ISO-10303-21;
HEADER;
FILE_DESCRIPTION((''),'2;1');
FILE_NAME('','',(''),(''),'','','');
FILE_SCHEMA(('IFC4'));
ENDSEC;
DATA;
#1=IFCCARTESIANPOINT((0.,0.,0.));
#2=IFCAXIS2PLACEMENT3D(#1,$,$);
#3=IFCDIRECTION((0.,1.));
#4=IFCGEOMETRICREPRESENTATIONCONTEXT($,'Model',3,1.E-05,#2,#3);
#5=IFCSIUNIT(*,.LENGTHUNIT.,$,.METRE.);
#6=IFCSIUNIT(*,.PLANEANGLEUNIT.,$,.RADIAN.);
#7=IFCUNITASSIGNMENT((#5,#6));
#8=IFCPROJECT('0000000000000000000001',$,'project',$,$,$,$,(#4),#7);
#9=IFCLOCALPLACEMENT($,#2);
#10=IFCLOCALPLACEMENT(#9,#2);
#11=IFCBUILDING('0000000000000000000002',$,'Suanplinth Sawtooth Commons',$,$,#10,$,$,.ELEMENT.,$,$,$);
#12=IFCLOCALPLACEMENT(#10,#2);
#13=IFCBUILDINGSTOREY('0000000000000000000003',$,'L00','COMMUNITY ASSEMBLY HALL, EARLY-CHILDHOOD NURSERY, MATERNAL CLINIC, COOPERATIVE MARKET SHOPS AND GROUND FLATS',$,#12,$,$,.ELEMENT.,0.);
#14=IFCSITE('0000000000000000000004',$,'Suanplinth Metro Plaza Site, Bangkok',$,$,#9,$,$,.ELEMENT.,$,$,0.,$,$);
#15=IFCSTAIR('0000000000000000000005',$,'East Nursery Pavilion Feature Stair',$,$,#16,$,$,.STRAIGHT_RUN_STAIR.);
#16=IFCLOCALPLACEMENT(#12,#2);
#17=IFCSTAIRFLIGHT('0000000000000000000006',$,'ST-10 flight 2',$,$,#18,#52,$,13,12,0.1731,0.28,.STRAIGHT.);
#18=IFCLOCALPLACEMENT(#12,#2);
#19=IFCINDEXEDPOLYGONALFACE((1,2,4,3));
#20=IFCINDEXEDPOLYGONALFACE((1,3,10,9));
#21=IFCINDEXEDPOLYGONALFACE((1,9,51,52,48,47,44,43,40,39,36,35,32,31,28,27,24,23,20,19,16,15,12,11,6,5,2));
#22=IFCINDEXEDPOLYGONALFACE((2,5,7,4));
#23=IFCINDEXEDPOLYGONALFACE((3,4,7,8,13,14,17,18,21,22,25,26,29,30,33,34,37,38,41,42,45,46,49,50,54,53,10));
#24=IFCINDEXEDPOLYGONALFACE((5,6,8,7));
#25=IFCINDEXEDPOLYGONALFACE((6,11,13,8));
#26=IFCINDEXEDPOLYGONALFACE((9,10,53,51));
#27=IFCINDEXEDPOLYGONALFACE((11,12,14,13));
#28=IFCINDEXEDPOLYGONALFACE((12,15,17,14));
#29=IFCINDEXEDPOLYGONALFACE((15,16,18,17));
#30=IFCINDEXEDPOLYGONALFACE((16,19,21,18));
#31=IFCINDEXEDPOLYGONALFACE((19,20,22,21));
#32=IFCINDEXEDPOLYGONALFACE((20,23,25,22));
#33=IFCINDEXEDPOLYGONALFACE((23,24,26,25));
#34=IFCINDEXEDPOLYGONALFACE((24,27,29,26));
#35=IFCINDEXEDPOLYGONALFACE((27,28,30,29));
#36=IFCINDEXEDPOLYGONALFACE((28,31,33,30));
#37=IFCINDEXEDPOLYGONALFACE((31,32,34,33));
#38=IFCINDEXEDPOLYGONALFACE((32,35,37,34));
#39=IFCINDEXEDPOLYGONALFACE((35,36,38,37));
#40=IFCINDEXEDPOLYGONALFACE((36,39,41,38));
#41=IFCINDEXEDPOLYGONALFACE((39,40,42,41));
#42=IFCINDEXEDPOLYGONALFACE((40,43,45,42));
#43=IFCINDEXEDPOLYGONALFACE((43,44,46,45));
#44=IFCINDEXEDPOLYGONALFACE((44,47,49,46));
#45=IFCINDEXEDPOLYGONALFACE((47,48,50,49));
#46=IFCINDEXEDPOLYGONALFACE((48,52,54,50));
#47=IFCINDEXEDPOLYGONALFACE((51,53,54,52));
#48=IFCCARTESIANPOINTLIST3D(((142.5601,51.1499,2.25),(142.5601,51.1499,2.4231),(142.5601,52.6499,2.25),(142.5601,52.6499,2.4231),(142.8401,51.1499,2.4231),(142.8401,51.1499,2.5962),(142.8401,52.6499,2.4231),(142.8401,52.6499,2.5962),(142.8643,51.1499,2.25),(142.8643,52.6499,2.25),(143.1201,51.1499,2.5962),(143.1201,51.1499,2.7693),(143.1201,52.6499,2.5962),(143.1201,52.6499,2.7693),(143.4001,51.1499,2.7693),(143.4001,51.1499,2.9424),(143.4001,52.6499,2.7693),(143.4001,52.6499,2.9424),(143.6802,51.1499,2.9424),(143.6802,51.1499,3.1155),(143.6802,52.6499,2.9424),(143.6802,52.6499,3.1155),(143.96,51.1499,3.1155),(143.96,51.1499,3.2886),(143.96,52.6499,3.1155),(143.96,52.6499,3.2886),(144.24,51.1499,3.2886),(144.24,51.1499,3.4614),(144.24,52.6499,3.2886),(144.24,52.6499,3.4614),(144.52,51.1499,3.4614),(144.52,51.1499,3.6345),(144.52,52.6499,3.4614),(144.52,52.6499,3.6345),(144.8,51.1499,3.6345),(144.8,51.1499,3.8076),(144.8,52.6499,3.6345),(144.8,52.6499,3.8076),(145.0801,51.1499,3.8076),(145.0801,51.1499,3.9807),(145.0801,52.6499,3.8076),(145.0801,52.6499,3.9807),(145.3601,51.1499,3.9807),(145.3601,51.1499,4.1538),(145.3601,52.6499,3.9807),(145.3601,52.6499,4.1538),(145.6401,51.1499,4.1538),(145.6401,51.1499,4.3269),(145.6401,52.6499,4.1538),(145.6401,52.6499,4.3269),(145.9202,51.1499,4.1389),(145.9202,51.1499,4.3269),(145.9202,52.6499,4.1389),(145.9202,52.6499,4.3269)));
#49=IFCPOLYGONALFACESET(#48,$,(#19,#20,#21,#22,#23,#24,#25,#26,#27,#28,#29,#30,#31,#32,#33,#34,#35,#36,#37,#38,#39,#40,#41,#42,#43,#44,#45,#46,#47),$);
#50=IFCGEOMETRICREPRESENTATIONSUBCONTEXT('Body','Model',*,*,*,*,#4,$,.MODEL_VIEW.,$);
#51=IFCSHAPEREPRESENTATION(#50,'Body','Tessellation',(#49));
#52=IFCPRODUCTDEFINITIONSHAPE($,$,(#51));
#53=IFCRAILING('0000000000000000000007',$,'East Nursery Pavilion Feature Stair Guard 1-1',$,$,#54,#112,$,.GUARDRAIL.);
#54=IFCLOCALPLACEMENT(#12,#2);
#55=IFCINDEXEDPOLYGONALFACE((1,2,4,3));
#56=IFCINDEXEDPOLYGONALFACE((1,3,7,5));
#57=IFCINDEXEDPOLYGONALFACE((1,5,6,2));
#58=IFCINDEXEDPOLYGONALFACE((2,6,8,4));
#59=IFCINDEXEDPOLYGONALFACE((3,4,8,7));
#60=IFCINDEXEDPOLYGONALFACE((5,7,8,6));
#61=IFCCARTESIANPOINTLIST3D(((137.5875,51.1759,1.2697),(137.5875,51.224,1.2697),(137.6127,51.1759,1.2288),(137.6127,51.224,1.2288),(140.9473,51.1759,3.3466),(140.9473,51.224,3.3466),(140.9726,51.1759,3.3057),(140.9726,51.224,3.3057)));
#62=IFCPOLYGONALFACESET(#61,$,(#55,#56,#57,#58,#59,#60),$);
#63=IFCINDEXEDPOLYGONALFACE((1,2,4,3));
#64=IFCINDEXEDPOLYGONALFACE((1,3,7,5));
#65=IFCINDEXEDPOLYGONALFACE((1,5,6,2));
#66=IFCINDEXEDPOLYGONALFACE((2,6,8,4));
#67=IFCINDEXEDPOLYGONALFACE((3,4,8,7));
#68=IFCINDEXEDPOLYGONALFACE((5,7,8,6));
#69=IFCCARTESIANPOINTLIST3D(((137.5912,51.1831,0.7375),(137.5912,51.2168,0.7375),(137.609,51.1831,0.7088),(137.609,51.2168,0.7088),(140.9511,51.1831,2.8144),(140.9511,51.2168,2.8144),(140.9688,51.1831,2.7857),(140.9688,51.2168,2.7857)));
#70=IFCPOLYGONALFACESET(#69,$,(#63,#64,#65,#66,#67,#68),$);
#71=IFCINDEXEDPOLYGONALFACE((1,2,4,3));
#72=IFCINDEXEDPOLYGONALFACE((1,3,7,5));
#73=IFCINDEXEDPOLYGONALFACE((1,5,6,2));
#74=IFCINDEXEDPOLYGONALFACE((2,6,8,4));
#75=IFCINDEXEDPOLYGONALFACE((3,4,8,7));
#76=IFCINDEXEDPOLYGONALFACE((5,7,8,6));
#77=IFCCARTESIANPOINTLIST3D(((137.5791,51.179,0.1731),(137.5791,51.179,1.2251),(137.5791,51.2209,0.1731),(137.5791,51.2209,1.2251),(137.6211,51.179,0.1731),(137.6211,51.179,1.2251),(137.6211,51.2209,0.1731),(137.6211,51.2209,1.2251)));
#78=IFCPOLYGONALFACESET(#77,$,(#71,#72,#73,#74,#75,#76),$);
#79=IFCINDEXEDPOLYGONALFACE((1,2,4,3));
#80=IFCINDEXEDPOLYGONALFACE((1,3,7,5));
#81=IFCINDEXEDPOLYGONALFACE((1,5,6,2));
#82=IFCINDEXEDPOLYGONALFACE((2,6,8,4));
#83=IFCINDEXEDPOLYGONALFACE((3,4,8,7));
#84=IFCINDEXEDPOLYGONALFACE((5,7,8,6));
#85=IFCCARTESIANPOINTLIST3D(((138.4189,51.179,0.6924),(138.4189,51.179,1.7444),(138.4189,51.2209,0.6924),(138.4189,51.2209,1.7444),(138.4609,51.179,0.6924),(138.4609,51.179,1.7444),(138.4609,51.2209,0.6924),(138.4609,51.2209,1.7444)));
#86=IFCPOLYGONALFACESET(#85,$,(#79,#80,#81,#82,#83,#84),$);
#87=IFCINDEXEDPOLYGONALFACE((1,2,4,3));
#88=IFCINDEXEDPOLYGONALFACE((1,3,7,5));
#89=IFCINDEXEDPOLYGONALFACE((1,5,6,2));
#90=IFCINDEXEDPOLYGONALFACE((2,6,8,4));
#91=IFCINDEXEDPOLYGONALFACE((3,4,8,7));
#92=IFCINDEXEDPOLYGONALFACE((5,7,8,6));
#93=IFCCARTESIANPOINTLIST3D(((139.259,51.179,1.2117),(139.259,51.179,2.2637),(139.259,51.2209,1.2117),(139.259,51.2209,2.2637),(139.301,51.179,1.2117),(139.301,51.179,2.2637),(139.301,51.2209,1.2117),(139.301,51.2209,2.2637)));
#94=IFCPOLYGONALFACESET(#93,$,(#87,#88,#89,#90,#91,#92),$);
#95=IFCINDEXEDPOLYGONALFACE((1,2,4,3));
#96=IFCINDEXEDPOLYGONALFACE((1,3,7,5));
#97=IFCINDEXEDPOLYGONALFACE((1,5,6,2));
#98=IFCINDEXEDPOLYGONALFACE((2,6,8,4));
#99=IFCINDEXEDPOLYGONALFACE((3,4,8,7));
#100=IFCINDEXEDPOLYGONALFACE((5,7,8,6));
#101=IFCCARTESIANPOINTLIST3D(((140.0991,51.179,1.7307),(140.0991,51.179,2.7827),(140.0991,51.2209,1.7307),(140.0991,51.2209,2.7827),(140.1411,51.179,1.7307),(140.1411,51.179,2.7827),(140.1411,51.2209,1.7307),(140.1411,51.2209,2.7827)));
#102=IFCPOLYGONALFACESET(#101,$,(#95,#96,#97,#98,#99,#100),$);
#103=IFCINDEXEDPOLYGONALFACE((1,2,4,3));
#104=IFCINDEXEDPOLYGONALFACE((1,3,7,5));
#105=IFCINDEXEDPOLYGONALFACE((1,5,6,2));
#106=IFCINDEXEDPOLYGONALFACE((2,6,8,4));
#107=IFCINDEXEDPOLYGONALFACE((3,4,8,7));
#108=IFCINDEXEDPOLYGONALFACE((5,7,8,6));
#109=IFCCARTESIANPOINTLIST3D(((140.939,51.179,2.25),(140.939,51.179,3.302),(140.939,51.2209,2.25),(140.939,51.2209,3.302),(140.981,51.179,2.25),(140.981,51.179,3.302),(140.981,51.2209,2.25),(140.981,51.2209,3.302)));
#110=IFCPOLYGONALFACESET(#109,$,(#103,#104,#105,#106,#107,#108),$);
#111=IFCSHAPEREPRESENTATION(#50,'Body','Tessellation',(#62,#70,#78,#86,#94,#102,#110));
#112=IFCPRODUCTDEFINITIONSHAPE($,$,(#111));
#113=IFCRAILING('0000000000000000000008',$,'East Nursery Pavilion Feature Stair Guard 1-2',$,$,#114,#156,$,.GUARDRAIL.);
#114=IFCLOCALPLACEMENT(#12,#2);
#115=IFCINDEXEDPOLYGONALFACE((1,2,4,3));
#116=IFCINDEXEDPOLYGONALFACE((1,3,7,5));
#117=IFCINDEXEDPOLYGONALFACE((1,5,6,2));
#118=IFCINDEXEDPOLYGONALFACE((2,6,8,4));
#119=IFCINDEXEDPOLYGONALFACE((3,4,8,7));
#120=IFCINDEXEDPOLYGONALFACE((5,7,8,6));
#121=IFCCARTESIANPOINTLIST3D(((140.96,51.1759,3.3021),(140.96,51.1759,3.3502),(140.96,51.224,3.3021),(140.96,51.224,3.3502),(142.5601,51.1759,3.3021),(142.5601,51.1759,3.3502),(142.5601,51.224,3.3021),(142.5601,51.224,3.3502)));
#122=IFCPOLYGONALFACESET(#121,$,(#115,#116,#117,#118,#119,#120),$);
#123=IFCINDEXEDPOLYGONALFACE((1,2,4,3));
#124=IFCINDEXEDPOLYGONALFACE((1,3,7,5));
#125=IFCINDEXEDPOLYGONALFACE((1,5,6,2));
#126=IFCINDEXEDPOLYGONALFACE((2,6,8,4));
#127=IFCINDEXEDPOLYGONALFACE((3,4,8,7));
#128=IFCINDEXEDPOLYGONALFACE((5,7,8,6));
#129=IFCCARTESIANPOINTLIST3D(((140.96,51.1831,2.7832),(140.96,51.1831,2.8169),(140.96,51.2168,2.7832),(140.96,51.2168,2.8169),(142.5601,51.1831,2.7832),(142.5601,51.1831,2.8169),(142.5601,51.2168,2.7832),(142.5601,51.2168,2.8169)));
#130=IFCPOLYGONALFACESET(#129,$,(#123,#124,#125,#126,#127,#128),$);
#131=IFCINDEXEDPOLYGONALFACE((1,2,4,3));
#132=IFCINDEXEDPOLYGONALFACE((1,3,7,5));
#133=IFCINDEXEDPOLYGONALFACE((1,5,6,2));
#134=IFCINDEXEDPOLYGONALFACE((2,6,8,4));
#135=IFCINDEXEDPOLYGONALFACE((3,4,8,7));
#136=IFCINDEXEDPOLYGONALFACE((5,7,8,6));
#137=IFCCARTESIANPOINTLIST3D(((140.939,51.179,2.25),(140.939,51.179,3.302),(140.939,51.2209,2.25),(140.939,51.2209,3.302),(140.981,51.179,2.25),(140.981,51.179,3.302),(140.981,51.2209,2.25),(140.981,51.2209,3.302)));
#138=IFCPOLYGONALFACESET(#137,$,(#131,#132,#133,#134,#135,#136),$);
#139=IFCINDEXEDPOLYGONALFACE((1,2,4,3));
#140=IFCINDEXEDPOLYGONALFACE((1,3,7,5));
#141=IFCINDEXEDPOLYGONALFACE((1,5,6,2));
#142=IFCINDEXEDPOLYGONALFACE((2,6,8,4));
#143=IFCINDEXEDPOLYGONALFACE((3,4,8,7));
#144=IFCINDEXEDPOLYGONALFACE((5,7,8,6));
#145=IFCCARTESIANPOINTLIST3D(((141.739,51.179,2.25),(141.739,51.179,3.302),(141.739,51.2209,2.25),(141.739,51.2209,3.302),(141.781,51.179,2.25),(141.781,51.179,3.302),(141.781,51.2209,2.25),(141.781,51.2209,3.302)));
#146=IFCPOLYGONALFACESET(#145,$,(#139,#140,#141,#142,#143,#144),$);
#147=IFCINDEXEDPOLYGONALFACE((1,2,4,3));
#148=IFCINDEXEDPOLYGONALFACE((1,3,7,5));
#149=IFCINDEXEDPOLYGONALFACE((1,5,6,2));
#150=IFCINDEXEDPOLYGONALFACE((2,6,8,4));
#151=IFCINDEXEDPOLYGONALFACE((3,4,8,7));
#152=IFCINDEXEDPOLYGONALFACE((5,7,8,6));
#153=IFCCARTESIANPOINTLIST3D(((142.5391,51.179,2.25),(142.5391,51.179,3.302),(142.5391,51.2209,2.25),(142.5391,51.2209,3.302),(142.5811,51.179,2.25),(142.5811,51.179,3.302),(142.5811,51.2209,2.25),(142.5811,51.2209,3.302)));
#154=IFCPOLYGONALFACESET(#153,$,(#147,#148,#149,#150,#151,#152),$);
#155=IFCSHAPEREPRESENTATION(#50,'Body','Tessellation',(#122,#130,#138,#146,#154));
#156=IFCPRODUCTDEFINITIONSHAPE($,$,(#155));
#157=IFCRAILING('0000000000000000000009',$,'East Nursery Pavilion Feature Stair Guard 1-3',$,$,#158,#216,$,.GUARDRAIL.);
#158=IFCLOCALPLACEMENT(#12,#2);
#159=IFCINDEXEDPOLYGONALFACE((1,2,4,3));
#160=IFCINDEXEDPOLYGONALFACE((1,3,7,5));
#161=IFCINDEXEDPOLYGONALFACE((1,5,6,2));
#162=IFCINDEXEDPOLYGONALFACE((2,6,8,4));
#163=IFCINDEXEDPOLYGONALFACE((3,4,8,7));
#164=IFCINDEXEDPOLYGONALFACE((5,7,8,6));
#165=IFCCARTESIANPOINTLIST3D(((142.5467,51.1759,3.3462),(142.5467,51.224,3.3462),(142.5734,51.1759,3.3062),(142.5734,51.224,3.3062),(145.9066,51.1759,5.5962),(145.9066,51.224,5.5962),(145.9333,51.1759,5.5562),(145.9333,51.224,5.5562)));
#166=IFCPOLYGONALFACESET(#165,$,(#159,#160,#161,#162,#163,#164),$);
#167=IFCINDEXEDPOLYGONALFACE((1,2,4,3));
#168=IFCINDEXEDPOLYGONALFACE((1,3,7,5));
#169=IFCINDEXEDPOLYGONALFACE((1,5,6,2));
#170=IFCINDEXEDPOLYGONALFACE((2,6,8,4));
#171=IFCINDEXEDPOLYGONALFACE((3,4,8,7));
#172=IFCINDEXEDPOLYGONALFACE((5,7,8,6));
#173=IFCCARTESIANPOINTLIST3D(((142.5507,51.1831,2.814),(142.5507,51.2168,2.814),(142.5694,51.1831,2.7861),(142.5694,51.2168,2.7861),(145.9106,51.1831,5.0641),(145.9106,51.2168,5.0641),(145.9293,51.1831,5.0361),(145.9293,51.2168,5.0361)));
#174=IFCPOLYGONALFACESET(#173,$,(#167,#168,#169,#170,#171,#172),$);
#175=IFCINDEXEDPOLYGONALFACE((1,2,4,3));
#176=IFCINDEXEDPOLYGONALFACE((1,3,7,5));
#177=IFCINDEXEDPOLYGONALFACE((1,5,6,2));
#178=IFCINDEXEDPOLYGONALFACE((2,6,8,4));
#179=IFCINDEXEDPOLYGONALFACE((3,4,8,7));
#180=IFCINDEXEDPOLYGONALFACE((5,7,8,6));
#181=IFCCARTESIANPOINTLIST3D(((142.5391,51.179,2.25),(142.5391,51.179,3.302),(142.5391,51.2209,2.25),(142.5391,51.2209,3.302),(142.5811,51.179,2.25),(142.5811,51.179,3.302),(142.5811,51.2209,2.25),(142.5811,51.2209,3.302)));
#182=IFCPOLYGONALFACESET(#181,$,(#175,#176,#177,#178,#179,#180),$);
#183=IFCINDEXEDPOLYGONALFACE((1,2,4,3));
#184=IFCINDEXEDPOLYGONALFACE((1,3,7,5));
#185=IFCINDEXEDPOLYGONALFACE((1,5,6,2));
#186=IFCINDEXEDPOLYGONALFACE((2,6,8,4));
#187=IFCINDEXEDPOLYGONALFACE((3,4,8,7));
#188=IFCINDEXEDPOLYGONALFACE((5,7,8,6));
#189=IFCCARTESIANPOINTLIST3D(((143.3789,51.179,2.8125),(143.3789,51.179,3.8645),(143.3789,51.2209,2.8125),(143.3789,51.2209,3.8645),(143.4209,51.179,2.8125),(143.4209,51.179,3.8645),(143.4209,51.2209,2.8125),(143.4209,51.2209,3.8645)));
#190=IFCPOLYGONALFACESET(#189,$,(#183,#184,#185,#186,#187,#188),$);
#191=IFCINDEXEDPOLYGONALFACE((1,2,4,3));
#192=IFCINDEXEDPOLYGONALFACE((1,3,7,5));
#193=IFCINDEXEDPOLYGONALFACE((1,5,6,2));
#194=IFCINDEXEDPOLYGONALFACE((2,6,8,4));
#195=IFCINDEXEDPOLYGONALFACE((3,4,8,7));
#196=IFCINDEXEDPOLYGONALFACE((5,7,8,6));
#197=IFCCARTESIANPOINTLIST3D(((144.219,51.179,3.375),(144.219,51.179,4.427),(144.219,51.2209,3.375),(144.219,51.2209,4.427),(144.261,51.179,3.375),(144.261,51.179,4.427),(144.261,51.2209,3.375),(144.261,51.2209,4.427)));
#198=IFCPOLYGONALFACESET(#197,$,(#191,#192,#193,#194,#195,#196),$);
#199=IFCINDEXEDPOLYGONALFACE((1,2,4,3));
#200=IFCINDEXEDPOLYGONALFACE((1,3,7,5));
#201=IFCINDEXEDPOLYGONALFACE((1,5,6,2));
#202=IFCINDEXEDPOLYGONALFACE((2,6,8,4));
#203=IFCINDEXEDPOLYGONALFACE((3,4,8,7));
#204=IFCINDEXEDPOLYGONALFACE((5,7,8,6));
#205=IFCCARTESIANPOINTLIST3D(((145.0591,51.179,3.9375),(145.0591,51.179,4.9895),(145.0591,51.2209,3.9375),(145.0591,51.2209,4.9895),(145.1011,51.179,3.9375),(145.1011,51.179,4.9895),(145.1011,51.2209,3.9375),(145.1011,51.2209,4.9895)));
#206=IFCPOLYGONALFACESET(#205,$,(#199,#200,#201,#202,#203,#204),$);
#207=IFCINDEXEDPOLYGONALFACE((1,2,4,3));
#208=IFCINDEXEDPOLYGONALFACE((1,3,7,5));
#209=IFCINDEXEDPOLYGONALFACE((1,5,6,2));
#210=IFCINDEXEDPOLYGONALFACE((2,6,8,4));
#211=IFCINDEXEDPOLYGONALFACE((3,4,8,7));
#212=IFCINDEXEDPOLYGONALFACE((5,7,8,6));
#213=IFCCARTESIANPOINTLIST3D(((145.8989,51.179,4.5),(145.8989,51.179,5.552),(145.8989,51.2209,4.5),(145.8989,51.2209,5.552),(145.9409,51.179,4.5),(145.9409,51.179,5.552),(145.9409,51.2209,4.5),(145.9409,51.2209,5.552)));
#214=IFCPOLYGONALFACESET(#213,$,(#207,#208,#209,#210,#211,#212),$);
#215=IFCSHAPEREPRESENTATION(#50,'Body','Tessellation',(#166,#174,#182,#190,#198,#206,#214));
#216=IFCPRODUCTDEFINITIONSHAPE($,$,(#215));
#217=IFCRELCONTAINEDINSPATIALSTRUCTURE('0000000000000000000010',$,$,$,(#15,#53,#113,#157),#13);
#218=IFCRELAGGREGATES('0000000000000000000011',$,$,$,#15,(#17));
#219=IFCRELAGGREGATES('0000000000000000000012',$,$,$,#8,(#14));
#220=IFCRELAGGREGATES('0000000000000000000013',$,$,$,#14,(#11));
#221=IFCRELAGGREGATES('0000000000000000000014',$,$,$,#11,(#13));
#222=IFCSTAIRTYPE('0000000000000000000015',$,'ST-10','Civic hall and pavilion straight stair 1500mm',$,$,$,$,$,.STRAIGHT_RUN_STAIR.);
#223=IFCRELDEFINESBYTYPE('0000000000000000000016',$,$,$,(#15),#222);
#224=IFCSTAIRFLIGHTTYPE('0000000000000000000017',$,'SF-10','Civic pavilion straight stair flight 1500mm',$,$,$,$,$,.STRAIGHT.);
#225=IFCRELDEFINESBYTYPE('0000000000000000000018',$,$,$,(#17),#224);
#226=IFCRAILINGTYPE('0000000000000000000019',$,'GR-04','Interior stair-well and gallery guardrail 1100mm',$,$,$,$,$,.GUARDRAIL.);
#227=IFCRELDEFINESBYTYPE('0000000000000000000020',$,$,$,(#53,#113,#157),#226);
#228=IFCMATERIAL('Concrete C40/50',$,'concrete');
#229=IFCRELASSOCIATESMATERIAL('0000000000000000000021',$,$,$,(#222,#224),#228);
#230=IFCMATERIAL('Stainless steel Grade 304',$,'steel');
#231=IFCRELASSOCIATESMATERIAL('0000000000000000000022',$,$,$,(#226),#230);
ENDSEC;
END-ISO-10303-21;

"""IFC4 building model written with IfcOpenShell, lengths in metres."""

from ifc_helpers import new_model, si_unit, direction, frame, origin, origin_2d, place, context, subcontext, project, spatial, polyline, rectangle, outline, extrude, material, type_object, element, aggregate, save


model = new_model("IFC4")

# Units and contexts
model_context = context("Model", 3, precision=1e-05, world=origin(), true_north=direction((0.0, 1.0)))
body_context = subcontext(model_context, "Body", "Model", "MODEL_VIEW")
ifc_project = project(units=[si_unit("LENGTHUNIT", "METRE"), si_unit("PLANEANGLEUNIT", "RADIAN")], contexts=[model_context])

# Site, building, storey
site_placement = place(None, origin())
site = spatial("IfcSite", under=ifc_project, at=site_placement, Name="Suanplinth Metro Plaza Site, Bangkok", CompositionType="ELEMENT", RefElevation=0.0)
building_placement = place(site_placement, origin())
building = spatial("IfcBuilding", under=site, at=building_placement, Name="Suanplinth Sawtooth Commons", CompositionType="ELEMENT")
storey_placement = place(building_placement, origin())
storey = spatial("IfcBuildingStorey", under=building, at=storey_placement, Name="L00", Description="COMMUNITY ASSEMBLY HALL, EARLY-CHILDHOOD NURSERY, MATERNAL CLINIC, COOPERATIVE MARKET SHOPS AND GROUND FLATS", CompositionType="ELEMENT", Elevation=0.0)

# Stair, stair flight
ifc_material_1 = material(Name="Concrete C40/50", Category="concrete")
stair_type = type_object("IfcStairType", Name="ST-10", Description="Civic hall and pavilion straight stair 1500mm", PredefinedType="STRAIGHT_RUN_STAIR", material=ifc_material_1)
stair_placement = place(storey_placement, origin())
stair = element("IfcStair", 1, at=stair_placement, inside=storey, type_object=stair_type, Name="East Nursery Pavilion Feature Stair", PredefinedType="STRAIGHT_RUN_STAIR")
stair_flight_type = type_object("IfcStairFlightType", Name="SF-10", Description="Civic pavilion straight stair flight 1500mm", PredefinedType="STRAIGHT", material=ifc_material_1)
stair_flight_1_placement = place(storey_placement, frame((142.5601, 51.8999, 2.25), z_axis=(0.0, 0.0, 1.0), x_axis=(1.0, 0.0, 0.0)))
stair_flight_1 = element("IfcStairFlight", 2, at=stair_flight_1_placement, type_object=stair_flight_type, Name="ST-10 flight 2", NumberOfRisers=13, NumberOfTreads=12, PredefinedType="STRAIGHT", RiserHeight=0.1731, TreadLength=0.28, context=body_context, shape_type="SweptSolid", body=[
    extrude(outline(polyline([(0.0, 0.0), (0.0, 0.1731), (0.28, 0.1731), (0.28, 0.3462), (0.5601, 0.3462), (0.5601, 0.5193), (0.8401, 0.5193), (0.8401, 0.6924), (1.1201, 0.6924), (1.1201, 0.8655), (1.3999, 0.8655), (1.3999, 1.0386), (1.6799, 1.0386), (1.6799, 1.2114), (1.96, 1.2114), (1.96, 1.3845), (2.24, 1.3845), (2.24, 1.5576), (2.52, 1.5576), (2.52, 1.7307), (2.8, 1.7307), (2.8, 1.9038), (3.0801, 1.9038), (3.0801, 2.0769), (3.3601, 2.0769), (3.3601, 2.25), (3.3601, 1.8889), (0.3042, 0.0), (0.0, 0.0)])), frame((0.0, 0.75, 0.0), z_axis=(0.0, -1.0, 0.0), x_axis=(1.0, 0.0, 0.0)), (0.0, 0.0, 1.0), 1.5),
])
aggregate(stair, [stair_flight_1])

# Railings
ifc_material_2 = material(Name="Stainless steel Grade 304", Category="steel")
railing_type_1 = type_object("IfcRailingType", Name="GR-04", Description="Interior stair-well and gallery guardrail 1100mm", PredefinedType="GUARDRAIL", material=ifc_material_2)
railing_1_placement = place(storey_placement, frame((137.6001, 51.2, 0.1731)))
element("IfcRailing", 3, at=railing_1_placement, inside=storey, type_object=railing_type_1, Name="East Nursery Pavilion Feature Stair Guard 1-1", PredefinedType="GUARDRAIL", context=body_context, shape_type="SweptSolid", body=[
    extrude(rectangle(XDim=0.0481, YDim=0.0481, at=origin_2d()), frame((0.0, 0.0, 1.0762), z_axis=(0.850606, 0.0, 0.525803), x_axis=(0.0, 1.0, 0.0)), (0.0, 0.0, 1.0), 3.95),
    extrude(rectangle(XDim=0.0337, YDim=0.0337, at=origin_2d()), frame((0.0, 0.0, 0.55), z_axis=(0.850606, 0.0, 0.525803), x_axis=(0.0, 1.0, 0.0)), (0.0, 0.0, 1.0), 3.95),
    extrude(rectangle(XDim=0.042, YDim=0.042, at=origin_2d()), origin(), (0.0, 0.0, 1.0), 1.052),
    extrude(rectangle(XDim=0.042, YDim=0.042, at=origin_2d()), frame((0.8398, 0.0, 0.5193)), (0.0, 0.0, 1.0), 1.052),
    extrude(rectangle(XDim=0.042, YDim=0.042, at=origin_2d()), frame((1.6799, 0.0, 1.0386)), (0.0, 0.0, 1.0), 1.052),
    extrude(rectangle(XDim=0.042, YDim=0.042, at=origin_2d()), frame((2.52, 0.0, 1.5576)), (0.0, 0.0, 1.0), 1.052),
    extrude(rectangle(XDim=0.042, YDim=0.042, at=origin_2d()), frame((3.3599, 0.0, 2.0769)), (0.0, 0.0, 1.0), 1.052),
])
railing_2_placement = place(storey_placement, frame((140.96, 51.2, 2.25)))
element("IfcRailing", 4, at=railing_2_placement, inside=storey, type_object=railing_type_1, Name="East Nursery Pavilion Feature Stair Guard 1-2", PredefinedType="GUARDRAIL", context=body_context, shape_type="SweptSolid", body=[
    extrude(rectangle(XDim=0.0481, YDim=0.0481, at=origin_2d()), frame((0.0, 0.0, 1.0762), z_axis=(1.0, 0.0, 0.0), x_axis=(0.0, 1.0, 0.0)), (0.0, 0.0, 1.0), 1.6001),
    extrude(rectangle(XDim=0.0337, YDim=0.0337, at=origin_2d()), frame((0.0, 0.0, 0.55), z_axis=(1.0, 0.0, 0.0), x_axis=(0.0, 1.0, 0.0)), (0.0, 0.0, 1.0), 1.6001),
    extrude(rectangle(XDim=0.042, YDim=0.042, at=origin_2d()), origin(), (0.0, 0.0, 1.0), 1.052),
    extrude(rectangle(XDim=0.042, YDim=0.042, at=origin_2d()), frame((0.8, 0.0, 0.0)), (0.0, 0.0, 1.0), 1.052),
    extrude(rectangle(XDim=0.042, YDim=0.042, at=origin_2d()), frame((1.6001, 0.0, 0.0)), (0.0, 0.0, 1.0), 1.052),
])
railing_3_placement = place(storey_placement, frame((142.5601, 51.2, 2.25)))
element("IfcRailing", 5, at=railing_3_placement, inside=storey, type_object=railing_type_1, Name="East Nursery Pavilion Feature Stair Guard 1-3", PredefinedType="GUARDRAIL", context=body_context, shape_type="SweptSolid", body=[
    extrude(rectangle(XDim=0.0481, YDim=0.0481, at=origin_2d()), frame((0.0, 0.0, 1.0762), z_axis=(0.830897, 0.0, 0.556427), x_axis=(0.0, 1.0, 0.0)), (0.0, 0.0, 1.0), 4.0437),
    extrude(rectangle(XDim=0.0337, YDim=0.0337, at=origin_2d()), frame((0.0, 0.0, 0.55), z_axis=(0.830897, 0.0, 0.556427), x_axis=(0.0, 1.0, 0.0)), (0.0, 0.0, 1.0), 4.0437),
    extrude(rectangle(XDim=0.042, YDim=0.042, at=origin_2d()), origin(), (0.0, 0.0, 1.0), 1.052),
    extrude(rectangle(XDim=0.042, YDim=0.042, at=origin_2d()), frame((0.8398, 0.0, 0.5625)), (0.0, 0.0, 1.0), 1.052),
    extrude(rectangle(XDim=0.042, YDim=0.042, at=origin_2d()), frame((1.6799, 0.0, 1.125)), (0.0, 0.0, 1.0), 1.052),
    extrude(rectangle(XDim=0.042, YDim=0.042, at=origin_2d()), frame((2.52, 0.0, 1.6875)), (0.0, 0.0, 1.0), 1.052),
    extrude(rectangle(XDim=0.042, YDim=0.042, at=origin_2d()), frame((3.3599, 0.0, 2.25)), (0.0, 0.0, 1.0), 1.052),
])

save(model, "model.ifc")
